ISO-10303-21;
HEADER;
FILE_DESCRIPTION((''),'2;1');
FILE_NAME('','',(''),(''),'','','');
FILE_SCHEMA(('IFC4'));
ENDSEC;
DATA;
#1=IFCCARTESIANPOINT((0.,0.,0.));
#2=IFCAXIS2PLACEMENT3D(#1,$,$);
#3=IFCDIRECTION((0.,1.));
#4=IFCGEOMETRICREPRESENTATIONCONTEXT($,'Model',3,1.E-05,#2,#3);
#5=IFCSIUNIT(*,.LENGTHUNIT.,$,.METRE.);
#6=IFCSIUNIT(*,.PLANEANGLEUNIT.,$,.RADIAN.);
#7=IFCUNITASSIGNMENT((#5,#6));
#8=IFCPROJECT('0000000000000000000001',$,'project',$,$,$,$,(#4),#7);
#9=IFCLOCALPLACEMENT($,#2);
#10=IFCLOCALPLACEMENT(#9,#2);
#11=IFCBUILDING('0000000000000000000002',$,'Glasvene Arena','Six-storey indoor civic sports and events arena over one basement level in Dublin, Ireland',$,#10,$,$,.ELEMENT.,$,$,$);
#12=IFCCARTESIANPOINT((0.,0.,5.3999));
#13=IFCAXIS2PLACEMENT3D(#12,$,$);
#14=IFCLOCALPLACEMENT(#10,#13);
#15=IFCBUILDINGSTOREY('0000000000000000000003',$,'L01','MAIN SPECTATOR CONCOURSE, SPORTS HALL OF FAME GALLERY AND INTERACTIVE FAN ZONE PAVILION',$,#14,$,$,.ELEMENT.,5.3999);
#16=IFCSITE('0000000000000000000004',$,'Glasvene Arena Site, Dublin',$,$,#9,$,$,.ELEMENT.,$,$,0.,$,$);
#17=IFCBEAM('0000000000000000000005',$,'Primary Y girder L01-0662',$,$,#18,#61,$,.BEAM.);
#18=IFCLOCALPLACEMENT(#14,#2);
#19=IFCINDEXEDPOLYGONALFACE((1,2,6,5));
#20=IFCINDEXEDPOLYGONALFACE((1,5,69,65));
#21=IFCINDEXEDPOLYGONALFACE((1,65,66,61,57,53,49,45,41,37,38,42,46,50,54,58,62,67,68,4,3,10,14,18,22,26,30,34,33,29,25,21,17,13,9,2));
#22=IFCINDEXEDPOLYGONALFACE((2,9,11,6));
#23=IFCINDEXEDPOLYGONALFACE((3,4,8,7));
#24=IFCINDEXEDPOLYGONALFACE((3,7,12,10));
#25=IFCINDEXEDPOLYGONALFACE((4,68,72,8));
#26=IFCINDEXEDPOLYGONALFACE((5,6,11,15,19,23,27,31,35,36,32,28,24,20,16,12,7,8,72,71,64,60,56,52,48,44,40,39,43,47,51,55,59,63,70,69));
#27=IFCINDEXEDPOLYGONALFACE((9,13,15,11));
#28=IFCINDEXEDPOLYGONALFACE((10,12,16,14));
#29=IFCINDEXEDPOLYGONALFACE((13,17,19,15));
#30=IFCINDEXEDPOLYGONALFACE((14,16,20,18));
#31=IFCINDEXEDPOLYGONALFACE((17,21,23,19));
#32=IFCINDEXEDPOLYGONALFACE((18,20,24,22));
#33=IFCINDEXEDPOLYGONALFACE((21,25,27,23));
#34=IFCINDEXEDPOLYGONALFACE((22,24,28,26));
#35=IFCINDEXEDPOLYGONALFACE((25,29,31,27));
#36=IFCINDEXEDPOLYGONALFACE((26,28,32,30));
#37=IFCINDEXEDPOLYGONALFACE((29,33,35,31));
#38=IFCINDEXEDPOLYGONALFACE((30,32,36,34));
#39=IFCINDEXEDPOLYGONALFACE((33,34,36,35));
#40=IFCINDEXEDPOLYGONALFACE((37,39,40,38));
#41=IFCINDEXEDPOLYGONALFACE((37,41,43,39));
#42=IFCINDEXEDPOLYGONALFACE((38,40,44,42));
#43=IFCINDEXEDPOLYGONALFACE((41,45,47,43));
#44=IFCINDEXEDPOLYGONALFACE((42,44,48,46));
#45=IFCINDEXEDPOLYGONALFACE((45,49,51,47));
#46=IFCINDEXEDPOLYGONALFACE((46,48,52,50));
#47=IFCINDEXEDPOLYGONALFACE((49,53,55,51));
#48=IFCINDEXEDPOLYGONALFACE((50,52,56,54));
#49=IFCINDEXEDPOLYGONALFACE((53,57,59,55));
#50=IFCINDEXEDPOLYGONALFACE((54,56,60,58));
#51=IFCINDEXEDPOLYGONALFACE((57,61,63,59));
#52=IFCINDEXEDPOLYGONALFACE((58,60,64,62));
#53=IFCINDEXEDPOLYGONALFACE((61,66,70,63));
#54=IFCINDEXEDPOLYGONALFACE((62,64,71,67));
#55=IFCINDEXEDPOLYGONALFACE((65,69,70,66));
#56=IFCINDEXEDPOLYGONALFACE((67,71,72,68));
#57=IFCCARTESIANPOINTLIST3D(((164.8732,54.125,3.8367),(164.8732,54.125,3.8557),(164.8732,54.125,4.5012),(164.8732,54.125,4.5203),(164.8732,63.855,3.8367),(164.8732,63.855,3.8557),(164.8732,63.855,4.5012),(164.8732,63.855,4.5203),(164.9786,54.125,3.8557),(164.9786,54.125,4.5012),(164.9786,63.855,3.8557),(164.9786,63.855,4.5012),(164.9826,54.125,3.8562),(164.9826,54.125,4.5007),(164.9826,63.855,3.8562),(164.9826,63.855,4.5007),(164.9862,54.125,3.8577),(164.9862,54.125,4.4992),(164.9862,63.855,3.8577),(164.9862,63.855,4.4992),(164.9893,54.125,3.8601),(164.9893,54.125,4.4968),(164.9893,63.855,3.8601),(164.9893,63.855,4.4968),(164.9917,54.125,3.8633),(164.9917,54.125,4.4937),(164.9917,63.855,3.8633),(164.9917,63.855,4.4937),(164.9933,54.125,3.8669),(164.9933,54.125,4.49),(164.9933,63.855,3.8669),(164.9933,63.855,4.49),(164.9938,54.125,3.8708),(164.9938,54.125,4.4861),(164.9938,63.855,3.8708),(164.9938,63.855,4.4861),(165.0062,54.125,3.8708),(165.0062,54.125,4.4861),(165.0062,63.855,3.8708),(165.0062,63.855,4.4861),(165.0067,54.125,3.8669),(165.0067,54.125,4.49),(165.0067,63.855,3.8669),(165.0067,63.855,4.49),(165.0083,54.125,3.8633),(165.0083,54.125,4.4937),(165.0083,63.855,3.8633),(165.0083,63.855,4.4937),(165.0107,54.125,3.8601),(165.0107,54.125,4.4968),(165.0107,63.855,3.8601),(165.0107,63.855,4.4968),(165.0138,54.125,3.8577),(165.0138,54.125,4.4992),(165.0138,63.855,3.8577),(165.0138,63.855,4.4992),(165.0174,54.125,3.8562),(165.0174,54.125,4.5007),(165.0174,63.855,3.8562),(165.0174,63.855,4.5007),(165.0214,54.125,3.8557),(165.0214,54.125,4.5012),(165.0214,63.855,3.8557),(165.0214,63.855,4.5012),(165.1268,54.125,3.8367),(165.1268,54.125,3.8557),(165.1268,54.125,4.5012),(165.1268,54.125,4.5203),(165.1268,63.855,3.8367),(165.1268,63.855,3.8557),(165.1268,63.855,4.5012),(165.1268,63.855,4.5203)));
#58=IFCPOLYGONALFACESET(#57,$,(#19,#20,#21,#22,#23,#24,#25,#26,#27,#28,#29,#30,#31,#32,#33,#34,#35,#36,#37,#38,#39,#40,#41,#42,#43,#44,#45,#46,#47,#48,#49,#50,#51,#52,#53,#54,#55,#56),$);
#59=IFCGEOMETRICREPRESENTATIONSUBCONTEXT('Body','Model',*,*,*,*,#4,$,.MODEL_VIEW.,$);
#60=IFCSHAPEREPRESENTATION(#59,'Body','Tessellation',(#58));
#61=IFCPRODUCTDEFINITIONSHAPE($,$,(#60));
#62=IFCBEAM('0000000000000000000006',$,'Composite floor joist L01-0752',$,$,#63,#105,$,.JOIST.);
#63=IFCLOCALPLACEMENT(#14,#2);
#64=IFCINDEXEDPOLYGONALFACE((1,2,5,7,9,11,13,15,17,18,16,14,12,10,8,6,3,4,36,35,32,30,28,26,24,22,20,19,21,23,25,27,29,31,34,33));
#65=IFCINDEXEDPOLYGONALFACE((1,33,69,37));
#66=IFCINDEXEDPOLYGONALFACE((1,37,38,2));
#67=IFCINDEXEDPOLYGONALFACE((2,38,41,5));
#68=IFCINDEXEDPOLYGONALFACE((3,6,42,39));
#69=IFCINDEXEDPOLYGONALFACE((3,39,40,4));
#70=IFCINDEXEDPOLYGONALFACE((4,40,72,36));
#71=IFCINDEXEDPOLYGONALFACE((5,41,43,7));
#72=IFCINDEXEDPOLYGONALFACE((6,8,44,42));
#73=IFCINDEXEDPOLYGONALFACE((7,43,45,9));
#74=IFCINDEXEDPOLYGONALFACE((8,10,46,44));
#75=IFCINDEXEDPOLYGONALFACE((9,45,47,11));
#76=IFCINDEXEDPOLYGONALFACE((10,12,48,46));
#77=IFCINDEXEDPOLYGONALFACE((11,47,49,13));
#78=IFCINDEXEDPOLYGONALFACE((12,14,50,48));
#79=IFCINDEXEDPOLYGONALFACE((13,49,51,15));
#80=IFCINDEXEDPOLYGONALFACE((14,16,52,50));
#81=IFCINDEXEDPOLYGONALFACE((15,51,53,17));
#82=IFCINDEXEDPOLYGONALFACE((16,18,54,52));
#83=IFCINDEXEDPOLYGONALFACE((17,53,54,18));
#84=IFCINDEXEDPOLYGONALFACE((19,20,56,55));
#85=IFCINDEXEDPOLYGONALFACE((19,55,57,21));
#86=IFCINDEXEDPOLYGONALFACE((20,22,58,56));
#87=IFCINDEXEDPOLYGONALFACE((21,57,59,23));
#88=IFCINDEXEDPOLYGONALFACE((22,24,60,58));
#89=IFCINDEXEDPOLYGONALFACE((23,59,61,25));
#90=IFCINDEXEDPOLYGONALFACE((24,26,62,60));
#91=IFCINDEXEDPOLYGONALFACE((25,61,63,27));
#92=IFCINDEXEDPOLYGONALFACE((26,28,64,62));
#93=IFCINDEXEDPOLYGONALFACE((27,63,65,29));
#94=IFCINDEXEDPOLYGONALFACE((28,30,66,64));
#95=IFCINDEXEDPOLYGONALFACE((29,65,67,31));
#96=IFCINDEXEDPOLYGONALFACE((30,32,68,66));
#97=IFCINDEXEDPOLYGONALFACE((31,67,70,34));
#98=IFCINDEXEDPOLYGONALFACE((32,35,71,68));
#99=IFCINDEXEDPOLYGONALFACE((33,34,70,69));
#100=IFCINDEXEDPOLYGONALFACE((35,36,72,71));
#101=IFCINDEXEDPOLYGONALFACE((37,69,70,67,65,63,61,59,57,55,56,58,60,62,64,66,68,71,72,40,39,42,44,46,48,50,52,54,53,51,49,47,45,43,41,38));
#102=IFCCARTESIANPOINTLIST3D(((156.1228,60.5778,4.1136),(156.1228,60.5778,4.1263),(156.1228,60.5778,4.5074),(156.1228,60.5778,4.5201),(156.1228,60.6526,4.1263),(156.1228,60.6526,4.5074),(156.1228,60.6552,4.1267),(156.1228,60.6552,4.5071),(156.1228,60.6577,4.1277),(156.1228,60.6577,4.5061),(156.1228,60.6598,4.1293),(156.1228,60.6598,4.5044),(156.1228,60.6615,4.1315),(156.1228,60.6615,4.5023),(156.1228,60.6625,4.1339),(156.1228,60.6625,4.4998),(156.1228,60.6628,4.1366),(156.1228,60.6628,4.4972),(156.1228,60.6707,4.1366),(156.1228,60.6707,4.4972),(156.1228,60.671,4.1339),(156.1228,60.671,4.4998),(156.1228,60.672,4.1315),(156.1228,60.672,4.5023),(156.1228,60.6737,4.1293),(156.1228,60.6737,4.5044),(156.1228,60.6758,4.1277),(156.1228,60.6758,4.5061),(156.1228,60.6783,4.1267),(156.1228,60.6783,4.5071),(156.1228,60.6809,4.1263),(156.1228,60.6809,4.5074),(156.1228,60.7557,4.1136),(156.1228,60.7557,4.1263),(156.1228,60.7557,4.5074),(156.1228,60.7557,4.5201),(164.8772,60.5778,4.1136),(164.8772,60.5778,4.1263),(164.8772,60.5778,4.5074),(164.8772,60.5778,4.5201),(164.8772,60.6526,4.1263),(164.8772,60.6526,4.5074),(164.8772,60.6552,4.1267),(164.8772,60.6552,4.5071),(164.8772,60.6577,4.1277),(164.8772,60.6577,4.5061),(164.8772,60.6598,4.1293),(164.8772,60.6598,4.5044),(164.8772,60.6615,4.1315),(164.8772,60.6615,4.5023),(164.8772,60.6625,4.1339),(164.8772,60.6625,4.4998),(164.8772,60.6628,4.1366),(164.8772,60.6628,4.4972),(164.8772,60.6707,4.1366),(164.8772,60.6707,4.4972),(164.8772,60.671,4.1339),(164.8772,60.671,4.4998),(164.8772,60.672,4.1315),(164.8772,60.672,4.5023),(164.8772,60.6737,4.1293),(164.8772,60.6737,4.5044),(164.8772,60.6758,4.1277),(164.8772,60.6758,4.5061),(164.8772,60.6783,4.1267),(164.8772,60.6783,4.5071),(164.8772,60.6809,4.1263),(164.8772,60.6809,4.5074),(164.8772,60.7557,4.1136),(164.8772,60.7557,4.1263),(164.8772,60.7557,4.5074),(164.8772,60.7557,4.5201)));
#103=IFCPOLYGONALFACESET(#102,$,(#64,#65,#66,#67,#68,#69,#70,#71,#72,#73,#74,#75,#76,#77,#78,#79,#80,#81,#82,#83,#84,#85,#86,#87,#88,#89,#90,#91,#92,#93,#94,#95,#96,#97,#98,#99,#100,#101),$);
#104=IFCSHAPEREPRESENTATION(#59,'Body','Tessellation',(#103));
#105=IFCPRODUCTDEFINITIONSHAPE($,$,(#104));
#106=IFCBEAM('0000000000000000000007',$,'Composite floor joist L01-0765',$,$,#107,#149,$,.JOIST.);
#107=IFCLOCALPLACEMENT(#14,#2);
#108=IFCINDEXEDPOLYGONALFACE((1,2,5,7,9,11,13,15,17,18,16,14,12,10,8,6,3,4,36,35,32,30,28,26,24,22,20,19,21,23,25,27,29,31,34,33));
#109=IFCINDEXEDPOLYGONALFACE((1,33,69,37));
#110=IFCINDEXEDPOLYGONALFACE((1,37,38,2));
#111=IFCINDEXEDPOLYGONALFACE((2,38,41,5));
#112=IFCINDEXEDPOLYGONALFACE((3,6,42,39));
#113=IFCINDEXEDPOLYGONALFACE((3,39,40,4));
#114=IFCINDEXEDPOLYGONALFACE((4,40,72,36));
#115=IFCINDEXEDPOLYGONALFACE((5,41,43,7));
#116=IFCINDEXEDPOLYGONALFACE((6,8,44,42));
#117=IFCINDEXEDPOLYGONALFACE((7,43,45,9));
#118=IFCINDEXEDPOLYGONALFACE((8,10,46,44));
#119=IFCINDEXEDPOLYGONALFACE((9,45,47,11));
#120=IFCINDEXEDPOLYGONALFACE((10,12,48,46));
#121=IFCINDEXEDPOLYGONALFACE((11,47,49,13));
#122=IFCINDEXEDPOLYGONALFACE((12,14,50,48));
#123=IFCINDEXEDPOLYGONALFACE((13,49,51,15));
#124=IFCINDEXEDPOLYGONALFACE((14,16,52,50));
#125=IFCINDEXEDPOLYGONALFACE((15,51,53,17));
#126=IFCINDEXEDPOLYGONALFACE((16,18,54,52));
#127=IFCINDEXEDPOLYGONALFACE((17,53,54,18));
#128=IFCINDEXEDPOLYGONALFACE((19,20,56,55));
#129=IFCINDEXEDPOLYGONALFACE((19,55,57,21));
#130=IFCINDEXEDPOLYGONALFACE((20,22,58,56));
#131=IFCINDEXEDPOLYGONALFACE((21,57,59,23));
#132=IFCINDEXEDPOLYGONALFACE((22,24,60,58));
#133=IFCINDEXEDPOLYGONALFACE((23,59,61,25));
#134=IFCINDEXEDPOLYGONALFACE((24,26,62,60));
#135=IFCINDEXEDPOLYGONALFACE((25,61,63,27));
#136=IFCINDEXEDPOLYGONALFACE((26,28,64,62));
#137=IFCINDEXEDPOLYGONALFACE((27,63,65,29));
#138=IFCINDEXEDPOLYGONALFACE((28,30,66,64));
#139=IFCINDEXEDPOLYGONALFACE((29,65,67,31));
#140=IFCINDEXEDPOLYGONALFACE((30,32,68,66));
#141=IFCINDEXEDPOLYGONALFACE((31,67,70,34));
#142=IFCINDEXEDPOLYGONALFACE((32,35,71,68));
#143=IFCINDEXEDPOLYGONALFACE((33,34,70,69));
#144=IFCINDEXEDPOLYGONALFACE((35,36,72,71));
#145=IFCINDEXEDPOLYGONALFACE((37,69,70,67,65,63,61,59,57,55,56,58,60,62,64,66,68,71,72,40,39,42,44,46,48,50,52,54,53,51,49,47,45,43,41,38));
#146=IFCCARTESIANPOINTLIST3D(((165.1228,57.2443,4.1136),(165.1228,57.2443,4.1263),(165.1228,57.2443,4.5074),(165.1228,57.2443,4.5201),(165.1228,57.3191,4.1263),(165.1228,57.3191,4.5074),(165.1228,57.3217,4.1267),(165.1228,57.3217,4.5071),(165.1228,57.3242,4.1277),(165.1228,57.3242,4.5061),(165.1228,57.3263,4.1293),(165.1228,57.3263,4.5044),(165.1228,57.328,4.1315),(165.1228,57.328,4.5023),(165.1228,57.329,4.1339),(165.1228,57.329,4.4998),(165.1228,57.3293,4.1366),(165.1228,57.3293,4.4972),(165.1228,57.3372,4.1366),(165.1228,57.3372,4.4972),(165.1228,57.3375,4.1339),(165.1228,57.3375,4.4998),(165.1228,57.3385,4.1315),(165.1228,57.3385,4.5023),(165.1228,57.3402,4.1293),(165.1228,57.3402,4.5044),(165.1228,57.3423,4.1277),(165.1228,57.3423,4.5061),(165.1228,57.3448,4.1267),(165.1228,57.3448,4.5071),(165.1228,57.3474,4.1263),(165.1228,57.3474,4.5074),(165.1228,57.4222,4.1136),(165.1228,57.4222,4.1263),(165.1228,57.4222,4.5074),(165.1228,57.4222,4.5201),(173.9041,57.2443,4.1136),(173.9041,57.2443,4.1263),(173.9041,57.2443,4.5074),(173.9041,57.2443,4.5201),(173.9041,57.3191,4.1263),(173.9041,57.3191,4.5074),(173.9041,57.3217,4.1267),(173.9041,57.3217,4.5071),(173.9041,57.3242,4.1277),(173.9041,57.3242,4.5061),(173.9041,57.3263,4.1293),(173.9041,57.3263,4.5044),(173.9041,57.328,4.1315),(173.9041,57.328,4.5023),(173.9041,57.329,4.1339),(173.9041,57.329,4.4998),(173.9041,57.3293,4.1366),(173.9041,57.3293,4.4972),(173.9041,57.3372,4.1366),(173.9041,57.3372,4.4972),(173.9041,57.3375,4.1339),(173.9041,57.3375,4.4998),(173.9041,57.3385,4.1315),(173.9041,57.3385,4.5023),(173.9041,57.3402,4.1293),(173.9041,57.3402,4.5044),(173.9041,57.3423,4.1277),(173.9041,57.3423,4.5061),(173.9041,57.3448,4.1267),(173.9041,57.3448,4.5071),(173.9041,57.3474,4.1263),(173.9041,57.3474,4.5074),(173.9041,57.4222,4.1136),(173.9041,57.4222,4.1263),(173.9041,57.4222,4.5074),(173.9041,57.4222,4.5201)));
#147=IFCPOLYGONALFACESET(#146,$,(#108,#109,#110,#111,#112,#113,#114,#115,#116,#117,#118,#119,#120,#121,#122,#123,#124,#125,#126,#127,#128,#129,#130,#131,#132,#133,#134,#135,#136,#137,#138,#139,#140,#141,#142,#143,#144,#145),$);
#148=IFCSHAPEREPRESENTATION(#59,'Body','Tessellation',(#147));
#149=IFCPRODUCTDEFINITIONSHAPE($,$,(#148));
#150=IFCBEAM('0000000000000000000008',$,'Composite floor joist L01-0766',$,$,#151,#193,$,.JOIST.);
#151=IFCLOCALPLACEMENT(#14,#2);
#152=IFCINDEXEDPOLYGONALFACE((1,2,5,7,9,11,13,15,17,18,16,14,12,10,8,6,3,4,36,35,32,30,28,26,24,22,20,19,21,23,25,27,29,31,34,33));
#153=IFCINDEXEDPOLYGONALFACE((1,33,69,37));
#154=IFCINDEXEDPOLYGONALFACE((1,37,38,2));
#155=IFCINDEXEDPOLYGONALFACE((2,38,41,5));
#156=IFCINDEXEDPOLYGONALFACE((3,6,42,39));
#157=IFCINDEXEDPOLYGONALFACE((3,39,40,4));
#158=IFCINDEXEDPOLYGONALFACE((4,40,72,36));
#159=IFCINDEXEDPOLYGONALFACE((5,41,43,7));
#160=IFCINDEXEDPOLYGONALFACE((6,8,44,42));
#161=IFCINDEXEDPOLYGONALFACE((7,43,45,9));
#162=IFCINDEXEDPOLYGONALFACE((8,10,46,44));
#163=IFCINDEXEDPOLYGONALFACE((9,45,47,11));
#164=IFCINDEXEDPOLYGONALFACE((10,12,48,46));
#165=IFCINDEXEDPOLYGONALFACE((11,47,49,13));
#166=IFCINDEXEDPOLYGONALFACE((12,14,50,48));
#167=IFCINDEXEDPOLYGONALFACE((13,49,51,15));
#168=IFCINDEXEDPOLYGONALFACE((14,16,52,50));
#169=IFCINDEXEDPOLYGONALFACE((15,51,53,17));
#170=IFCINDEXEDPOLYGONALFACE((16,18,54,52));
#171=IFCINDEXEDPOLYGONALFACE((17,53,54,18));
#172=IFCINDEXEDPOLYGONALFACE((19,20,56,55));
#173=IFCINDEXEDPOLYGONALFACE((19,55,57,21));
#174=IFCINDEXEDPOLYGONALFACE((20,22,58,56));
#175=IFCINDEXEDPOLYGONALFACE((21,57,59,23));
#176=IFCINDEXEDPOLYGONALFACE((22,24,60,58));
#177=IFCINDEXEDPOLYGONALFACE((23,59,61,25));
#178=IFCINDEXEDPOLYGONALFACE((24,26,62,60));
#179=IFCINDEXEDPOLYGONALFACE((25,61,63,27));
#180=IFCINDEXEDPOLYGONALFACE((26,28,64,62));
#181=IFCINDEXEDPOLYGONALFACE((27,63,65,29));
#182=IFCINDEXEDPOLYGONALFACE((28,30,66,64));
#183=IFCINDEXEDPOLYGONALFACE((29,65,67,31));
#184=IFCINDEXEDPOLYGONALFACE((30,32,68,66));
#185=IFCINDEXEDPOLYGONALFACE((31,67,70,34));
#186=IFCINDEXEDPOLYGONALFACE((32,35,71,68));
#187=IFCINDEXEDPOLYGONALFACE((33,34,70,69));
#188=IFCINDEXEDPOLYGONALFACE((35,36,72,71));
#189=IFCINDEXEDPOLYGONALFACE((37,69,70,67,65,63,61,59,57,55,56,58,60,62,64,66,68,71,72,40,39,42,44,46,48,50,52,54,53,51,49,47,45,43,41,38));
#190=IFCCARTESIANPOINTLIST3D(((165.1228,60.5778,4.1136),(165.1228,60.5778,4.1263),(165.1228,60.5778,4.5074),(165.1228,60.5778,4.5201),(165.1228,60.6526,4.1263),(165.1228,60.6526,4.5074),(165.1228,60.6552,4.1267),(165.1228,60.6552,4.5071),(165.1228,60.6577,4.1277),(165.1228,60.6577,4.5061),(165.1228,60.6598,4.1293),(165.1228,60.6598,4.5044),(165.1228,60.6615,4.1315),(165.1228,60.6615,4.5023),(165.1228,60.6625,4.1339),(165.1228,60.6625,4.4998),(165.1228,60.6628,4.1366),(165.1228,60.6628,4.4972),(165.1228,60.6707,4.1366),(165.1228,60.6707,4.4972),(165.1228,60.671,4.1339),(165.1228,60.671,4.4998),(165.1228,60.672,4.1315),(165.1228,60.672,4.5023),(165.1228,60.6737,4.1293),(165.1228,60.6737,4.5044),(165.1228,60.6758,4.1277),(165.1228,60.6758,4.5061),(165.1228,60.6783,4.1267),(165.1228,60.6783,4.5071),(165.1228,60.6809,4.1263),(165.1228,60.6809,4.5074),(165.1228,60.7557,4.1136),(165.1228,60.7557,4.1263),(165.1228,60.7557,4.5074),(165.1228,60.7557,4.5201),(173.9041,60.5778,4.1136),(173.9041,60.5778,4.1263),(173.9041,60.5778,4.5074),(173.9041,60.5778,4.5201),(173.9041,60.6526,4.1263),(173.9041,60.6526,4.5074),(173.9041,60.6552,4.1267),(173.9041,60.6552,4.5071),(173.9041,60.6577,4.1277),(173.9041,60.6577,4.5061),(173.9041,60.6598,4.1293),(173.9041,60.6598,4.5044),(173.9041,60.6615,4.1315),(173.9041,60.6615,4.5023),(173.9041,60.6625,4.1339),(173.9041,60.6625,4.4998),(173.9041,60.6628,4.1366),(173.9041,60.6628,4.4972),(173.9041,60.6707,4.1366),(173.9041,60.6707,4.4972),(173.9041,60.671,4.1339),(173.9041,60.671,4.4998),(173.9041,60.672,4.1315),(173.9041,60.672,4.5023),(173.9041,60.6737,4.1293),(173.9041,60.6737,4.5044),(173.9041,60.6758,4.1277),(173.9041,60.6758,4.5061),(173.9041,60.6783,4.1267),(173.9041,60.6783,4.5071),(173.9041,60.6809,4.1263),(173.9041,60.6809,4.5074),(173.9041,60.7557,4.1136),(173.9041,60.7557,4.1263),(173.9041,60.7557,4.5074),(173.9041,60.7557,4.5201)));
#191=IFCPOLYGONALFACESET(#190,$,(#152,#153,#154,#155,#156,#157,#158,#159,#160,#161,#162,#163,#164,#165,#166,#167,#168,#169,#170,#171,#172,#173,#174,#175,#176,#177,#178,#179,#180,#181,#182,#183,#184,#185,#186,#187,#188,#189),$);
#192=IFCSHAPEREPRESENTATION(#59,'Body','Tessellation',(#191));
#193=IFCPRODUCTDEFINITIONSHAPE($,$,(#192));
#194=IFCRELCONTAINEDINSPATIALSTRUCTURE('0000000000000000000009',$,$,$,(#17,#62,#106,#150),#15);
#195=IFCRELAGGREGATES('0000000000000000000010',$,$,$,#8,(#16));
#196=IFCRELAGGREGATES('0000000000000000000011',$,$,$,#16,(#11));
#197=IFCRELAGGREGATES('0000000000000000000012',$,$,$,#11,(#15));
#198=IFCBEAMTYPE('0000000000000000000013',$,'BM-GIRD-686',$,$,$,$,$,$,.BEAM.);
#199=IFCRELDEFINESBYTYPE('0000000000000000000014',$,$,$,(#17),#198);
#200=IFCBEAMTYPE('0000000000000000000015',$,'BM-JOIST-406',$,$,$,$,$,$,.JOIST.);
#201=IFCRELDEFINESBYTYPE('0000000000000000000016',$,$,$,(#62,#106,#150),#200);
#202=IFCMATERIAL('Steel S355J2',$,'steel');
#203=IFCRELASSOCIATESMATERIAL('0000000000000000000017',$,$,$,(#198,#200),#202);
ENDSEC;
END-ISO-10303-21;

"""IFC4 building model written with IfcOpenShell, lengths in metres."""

from ifc_helpers import new_model, si_unit, direction, frame, origin, origin_2d, place, context, subcontext, project, spatial, i_section, extrude, material, material_profile, profile_set, type_object, element, save


model = new_model("IFC4")

# Units and contexts
model_context = context("Model", 3, precision=1e-05, world=origin(), true_north=direction((0.0, 1.0)))
body_context = subcontext(model_context, "Body", "Model", "MODEL_VIEW")
ifc_project = project(units=[si_unit("LENGTHUNIT", "METRE"), si_unit("PLANEANGLEUNIT", "RADIAN")], contexts=[model_context])

# Site, building, storey
site_placement = place(None, origin())
site = spatial("IfcSite", under=ifc_project, at=site_placement, Name="Glasvene Arena Site, Dublin", CompositionType="ELEMENT", RefElevation=0.0)
building_placement = place(site_placement, origin())
building = spatial("IfcBuilding", under=site, at=building_placement, Name="Glasvene Arena", Description="Six-storey indoor civic sports and events arena over one basement level in Dublin, Ireland", CompositionType="ELEMENT")
storey_placement = place(building_placement, frame((0.0, 0.0, 5.3999)))
storey = spatial("IfcBuildingStorey", under=building, at=storey_placement, Name="L01", Description="MAIN SPECTATOR CONCOURSE, SPORTS HALL OF FAME GALLERY AND INTERACTIVE FAN ZONE PAVILION", CompositionType="ELEMENT", Elevation=5.3999)

# Shared definitions
ifc_material_1 = material(Name="Steel S355J2", Category="steel")

# Beams
ifc_material_profile_1 = material_profile(ifc_material_1, i_section(OverallWidth=0.2537, OverallDepth=0.6836, WebThickness=0.0125, FlangeThickness=0.019, FilletRadius=0.0151, at=origin_2d()), Name="UKB 686x254x140")
ifc_profile_set_1 = profile_set([ifc_material_profile_1], Name="Steel S355J2")
beam_type_1 = type_object("IfcBeamType", Name="BM-GIRD-686", PredefinedType="BEAM", material=ifc_profile_set_1)
beam_1_placement = place(storey_placement, frame((165.0, 54.125, 4.1785), z_axis=(0.0, 1.0, 0.0), x_axis=(-1.0, 0.0, 0.0)))
element("IfcBeam", 1, at=beam_1_placement, inside=storey, type_object=beam_type_1, Name="Primary Y girder L01-0662", PredefinedType="BEAM", context=body_context, shape_type="SweptSolid", body=[
    extrude(i_section(OverallWidth=0.2537, OverallDepth=0.6836, WebThickness=0.0125, FlangeThickness=0.019, FilletRadius=0.0151, at=origin_2d()), origin(), (0.0, 0.0, 1.0), 9.73),
])
ifc_material_profile_2 = material_profile(ifc_material_1, i_section(OverallWidth=0.178, OverallDepth=0.4065, WebThickness=0.0078, FlangeThickness=0.0127, FilletRadius=0.0103, at=origin_2d()), Name="UKB 406x178x60")
ifc_profile_set_2 = profile_set([ifc_material_profile_2], Name="Steel S355J2")
beam_type_2 = type_object("IfcBeamType", Name="BM-JOIST-406", PredefinedType="JOIST", material=ifc_profile_set_2)
beam_2_placement = place(storey_placement, frame((156.1228, 60.6667, 4.3169), z_axis=(1.0, 0.0, 0.0), x_axis=(0.0, 1.0, 0.0)))
element("IfcBeam", 2, at=beam_2_placement, inside=storey, type_object=beam_type_2, Name="Composite floor joist L01-0752", PredefinedType="JOIST", context=body_context, shape_type="SweptSolid", body=[
    extrude(i_section(OverallWidth=0.178, OverallDepth=0.4065, WebThickness=0.0078, FlangeThickness=0.0127, FilletRadius=0.0103, at=origin_2d()), origin(), (0.0, 0.0, 1.0), 8.7544),
])
for number, where, z_axis, x_axis, name in (
    (3, (165.1228, 57.3333, 4.3169), (1.0, 0.0, 0.0), (0.0, 1.0, 0.0), "Composite floor joist L01-0765"),
    (4, (165.1228, 60.6667, 4.3169), (1.0, 0.0, 0.0), (0.0, 1.0, 0.0), "Composite floor joist L01-0766"),
):
    element("IfcBeam", number, at=place(storey_placement, frame(where, z_axis=z_axis, x_axis=x_axis)), inside=storey, type_object=beam_type_2, Name=name, PredefinedType="JOIST", context=body_context, shape_type="SweptSolid", body=[
        extrude(i_section(OverallWidth=0.178, OverallDepth=0.4065, WebThickness=0.0078, FlangeThickness=0.0127, FilletRadius=0.0103, at=origin_2d()), origin(), (0.0, 0.0, 1.0), 8.7812),
    ])

save(model, "model.ifc")
